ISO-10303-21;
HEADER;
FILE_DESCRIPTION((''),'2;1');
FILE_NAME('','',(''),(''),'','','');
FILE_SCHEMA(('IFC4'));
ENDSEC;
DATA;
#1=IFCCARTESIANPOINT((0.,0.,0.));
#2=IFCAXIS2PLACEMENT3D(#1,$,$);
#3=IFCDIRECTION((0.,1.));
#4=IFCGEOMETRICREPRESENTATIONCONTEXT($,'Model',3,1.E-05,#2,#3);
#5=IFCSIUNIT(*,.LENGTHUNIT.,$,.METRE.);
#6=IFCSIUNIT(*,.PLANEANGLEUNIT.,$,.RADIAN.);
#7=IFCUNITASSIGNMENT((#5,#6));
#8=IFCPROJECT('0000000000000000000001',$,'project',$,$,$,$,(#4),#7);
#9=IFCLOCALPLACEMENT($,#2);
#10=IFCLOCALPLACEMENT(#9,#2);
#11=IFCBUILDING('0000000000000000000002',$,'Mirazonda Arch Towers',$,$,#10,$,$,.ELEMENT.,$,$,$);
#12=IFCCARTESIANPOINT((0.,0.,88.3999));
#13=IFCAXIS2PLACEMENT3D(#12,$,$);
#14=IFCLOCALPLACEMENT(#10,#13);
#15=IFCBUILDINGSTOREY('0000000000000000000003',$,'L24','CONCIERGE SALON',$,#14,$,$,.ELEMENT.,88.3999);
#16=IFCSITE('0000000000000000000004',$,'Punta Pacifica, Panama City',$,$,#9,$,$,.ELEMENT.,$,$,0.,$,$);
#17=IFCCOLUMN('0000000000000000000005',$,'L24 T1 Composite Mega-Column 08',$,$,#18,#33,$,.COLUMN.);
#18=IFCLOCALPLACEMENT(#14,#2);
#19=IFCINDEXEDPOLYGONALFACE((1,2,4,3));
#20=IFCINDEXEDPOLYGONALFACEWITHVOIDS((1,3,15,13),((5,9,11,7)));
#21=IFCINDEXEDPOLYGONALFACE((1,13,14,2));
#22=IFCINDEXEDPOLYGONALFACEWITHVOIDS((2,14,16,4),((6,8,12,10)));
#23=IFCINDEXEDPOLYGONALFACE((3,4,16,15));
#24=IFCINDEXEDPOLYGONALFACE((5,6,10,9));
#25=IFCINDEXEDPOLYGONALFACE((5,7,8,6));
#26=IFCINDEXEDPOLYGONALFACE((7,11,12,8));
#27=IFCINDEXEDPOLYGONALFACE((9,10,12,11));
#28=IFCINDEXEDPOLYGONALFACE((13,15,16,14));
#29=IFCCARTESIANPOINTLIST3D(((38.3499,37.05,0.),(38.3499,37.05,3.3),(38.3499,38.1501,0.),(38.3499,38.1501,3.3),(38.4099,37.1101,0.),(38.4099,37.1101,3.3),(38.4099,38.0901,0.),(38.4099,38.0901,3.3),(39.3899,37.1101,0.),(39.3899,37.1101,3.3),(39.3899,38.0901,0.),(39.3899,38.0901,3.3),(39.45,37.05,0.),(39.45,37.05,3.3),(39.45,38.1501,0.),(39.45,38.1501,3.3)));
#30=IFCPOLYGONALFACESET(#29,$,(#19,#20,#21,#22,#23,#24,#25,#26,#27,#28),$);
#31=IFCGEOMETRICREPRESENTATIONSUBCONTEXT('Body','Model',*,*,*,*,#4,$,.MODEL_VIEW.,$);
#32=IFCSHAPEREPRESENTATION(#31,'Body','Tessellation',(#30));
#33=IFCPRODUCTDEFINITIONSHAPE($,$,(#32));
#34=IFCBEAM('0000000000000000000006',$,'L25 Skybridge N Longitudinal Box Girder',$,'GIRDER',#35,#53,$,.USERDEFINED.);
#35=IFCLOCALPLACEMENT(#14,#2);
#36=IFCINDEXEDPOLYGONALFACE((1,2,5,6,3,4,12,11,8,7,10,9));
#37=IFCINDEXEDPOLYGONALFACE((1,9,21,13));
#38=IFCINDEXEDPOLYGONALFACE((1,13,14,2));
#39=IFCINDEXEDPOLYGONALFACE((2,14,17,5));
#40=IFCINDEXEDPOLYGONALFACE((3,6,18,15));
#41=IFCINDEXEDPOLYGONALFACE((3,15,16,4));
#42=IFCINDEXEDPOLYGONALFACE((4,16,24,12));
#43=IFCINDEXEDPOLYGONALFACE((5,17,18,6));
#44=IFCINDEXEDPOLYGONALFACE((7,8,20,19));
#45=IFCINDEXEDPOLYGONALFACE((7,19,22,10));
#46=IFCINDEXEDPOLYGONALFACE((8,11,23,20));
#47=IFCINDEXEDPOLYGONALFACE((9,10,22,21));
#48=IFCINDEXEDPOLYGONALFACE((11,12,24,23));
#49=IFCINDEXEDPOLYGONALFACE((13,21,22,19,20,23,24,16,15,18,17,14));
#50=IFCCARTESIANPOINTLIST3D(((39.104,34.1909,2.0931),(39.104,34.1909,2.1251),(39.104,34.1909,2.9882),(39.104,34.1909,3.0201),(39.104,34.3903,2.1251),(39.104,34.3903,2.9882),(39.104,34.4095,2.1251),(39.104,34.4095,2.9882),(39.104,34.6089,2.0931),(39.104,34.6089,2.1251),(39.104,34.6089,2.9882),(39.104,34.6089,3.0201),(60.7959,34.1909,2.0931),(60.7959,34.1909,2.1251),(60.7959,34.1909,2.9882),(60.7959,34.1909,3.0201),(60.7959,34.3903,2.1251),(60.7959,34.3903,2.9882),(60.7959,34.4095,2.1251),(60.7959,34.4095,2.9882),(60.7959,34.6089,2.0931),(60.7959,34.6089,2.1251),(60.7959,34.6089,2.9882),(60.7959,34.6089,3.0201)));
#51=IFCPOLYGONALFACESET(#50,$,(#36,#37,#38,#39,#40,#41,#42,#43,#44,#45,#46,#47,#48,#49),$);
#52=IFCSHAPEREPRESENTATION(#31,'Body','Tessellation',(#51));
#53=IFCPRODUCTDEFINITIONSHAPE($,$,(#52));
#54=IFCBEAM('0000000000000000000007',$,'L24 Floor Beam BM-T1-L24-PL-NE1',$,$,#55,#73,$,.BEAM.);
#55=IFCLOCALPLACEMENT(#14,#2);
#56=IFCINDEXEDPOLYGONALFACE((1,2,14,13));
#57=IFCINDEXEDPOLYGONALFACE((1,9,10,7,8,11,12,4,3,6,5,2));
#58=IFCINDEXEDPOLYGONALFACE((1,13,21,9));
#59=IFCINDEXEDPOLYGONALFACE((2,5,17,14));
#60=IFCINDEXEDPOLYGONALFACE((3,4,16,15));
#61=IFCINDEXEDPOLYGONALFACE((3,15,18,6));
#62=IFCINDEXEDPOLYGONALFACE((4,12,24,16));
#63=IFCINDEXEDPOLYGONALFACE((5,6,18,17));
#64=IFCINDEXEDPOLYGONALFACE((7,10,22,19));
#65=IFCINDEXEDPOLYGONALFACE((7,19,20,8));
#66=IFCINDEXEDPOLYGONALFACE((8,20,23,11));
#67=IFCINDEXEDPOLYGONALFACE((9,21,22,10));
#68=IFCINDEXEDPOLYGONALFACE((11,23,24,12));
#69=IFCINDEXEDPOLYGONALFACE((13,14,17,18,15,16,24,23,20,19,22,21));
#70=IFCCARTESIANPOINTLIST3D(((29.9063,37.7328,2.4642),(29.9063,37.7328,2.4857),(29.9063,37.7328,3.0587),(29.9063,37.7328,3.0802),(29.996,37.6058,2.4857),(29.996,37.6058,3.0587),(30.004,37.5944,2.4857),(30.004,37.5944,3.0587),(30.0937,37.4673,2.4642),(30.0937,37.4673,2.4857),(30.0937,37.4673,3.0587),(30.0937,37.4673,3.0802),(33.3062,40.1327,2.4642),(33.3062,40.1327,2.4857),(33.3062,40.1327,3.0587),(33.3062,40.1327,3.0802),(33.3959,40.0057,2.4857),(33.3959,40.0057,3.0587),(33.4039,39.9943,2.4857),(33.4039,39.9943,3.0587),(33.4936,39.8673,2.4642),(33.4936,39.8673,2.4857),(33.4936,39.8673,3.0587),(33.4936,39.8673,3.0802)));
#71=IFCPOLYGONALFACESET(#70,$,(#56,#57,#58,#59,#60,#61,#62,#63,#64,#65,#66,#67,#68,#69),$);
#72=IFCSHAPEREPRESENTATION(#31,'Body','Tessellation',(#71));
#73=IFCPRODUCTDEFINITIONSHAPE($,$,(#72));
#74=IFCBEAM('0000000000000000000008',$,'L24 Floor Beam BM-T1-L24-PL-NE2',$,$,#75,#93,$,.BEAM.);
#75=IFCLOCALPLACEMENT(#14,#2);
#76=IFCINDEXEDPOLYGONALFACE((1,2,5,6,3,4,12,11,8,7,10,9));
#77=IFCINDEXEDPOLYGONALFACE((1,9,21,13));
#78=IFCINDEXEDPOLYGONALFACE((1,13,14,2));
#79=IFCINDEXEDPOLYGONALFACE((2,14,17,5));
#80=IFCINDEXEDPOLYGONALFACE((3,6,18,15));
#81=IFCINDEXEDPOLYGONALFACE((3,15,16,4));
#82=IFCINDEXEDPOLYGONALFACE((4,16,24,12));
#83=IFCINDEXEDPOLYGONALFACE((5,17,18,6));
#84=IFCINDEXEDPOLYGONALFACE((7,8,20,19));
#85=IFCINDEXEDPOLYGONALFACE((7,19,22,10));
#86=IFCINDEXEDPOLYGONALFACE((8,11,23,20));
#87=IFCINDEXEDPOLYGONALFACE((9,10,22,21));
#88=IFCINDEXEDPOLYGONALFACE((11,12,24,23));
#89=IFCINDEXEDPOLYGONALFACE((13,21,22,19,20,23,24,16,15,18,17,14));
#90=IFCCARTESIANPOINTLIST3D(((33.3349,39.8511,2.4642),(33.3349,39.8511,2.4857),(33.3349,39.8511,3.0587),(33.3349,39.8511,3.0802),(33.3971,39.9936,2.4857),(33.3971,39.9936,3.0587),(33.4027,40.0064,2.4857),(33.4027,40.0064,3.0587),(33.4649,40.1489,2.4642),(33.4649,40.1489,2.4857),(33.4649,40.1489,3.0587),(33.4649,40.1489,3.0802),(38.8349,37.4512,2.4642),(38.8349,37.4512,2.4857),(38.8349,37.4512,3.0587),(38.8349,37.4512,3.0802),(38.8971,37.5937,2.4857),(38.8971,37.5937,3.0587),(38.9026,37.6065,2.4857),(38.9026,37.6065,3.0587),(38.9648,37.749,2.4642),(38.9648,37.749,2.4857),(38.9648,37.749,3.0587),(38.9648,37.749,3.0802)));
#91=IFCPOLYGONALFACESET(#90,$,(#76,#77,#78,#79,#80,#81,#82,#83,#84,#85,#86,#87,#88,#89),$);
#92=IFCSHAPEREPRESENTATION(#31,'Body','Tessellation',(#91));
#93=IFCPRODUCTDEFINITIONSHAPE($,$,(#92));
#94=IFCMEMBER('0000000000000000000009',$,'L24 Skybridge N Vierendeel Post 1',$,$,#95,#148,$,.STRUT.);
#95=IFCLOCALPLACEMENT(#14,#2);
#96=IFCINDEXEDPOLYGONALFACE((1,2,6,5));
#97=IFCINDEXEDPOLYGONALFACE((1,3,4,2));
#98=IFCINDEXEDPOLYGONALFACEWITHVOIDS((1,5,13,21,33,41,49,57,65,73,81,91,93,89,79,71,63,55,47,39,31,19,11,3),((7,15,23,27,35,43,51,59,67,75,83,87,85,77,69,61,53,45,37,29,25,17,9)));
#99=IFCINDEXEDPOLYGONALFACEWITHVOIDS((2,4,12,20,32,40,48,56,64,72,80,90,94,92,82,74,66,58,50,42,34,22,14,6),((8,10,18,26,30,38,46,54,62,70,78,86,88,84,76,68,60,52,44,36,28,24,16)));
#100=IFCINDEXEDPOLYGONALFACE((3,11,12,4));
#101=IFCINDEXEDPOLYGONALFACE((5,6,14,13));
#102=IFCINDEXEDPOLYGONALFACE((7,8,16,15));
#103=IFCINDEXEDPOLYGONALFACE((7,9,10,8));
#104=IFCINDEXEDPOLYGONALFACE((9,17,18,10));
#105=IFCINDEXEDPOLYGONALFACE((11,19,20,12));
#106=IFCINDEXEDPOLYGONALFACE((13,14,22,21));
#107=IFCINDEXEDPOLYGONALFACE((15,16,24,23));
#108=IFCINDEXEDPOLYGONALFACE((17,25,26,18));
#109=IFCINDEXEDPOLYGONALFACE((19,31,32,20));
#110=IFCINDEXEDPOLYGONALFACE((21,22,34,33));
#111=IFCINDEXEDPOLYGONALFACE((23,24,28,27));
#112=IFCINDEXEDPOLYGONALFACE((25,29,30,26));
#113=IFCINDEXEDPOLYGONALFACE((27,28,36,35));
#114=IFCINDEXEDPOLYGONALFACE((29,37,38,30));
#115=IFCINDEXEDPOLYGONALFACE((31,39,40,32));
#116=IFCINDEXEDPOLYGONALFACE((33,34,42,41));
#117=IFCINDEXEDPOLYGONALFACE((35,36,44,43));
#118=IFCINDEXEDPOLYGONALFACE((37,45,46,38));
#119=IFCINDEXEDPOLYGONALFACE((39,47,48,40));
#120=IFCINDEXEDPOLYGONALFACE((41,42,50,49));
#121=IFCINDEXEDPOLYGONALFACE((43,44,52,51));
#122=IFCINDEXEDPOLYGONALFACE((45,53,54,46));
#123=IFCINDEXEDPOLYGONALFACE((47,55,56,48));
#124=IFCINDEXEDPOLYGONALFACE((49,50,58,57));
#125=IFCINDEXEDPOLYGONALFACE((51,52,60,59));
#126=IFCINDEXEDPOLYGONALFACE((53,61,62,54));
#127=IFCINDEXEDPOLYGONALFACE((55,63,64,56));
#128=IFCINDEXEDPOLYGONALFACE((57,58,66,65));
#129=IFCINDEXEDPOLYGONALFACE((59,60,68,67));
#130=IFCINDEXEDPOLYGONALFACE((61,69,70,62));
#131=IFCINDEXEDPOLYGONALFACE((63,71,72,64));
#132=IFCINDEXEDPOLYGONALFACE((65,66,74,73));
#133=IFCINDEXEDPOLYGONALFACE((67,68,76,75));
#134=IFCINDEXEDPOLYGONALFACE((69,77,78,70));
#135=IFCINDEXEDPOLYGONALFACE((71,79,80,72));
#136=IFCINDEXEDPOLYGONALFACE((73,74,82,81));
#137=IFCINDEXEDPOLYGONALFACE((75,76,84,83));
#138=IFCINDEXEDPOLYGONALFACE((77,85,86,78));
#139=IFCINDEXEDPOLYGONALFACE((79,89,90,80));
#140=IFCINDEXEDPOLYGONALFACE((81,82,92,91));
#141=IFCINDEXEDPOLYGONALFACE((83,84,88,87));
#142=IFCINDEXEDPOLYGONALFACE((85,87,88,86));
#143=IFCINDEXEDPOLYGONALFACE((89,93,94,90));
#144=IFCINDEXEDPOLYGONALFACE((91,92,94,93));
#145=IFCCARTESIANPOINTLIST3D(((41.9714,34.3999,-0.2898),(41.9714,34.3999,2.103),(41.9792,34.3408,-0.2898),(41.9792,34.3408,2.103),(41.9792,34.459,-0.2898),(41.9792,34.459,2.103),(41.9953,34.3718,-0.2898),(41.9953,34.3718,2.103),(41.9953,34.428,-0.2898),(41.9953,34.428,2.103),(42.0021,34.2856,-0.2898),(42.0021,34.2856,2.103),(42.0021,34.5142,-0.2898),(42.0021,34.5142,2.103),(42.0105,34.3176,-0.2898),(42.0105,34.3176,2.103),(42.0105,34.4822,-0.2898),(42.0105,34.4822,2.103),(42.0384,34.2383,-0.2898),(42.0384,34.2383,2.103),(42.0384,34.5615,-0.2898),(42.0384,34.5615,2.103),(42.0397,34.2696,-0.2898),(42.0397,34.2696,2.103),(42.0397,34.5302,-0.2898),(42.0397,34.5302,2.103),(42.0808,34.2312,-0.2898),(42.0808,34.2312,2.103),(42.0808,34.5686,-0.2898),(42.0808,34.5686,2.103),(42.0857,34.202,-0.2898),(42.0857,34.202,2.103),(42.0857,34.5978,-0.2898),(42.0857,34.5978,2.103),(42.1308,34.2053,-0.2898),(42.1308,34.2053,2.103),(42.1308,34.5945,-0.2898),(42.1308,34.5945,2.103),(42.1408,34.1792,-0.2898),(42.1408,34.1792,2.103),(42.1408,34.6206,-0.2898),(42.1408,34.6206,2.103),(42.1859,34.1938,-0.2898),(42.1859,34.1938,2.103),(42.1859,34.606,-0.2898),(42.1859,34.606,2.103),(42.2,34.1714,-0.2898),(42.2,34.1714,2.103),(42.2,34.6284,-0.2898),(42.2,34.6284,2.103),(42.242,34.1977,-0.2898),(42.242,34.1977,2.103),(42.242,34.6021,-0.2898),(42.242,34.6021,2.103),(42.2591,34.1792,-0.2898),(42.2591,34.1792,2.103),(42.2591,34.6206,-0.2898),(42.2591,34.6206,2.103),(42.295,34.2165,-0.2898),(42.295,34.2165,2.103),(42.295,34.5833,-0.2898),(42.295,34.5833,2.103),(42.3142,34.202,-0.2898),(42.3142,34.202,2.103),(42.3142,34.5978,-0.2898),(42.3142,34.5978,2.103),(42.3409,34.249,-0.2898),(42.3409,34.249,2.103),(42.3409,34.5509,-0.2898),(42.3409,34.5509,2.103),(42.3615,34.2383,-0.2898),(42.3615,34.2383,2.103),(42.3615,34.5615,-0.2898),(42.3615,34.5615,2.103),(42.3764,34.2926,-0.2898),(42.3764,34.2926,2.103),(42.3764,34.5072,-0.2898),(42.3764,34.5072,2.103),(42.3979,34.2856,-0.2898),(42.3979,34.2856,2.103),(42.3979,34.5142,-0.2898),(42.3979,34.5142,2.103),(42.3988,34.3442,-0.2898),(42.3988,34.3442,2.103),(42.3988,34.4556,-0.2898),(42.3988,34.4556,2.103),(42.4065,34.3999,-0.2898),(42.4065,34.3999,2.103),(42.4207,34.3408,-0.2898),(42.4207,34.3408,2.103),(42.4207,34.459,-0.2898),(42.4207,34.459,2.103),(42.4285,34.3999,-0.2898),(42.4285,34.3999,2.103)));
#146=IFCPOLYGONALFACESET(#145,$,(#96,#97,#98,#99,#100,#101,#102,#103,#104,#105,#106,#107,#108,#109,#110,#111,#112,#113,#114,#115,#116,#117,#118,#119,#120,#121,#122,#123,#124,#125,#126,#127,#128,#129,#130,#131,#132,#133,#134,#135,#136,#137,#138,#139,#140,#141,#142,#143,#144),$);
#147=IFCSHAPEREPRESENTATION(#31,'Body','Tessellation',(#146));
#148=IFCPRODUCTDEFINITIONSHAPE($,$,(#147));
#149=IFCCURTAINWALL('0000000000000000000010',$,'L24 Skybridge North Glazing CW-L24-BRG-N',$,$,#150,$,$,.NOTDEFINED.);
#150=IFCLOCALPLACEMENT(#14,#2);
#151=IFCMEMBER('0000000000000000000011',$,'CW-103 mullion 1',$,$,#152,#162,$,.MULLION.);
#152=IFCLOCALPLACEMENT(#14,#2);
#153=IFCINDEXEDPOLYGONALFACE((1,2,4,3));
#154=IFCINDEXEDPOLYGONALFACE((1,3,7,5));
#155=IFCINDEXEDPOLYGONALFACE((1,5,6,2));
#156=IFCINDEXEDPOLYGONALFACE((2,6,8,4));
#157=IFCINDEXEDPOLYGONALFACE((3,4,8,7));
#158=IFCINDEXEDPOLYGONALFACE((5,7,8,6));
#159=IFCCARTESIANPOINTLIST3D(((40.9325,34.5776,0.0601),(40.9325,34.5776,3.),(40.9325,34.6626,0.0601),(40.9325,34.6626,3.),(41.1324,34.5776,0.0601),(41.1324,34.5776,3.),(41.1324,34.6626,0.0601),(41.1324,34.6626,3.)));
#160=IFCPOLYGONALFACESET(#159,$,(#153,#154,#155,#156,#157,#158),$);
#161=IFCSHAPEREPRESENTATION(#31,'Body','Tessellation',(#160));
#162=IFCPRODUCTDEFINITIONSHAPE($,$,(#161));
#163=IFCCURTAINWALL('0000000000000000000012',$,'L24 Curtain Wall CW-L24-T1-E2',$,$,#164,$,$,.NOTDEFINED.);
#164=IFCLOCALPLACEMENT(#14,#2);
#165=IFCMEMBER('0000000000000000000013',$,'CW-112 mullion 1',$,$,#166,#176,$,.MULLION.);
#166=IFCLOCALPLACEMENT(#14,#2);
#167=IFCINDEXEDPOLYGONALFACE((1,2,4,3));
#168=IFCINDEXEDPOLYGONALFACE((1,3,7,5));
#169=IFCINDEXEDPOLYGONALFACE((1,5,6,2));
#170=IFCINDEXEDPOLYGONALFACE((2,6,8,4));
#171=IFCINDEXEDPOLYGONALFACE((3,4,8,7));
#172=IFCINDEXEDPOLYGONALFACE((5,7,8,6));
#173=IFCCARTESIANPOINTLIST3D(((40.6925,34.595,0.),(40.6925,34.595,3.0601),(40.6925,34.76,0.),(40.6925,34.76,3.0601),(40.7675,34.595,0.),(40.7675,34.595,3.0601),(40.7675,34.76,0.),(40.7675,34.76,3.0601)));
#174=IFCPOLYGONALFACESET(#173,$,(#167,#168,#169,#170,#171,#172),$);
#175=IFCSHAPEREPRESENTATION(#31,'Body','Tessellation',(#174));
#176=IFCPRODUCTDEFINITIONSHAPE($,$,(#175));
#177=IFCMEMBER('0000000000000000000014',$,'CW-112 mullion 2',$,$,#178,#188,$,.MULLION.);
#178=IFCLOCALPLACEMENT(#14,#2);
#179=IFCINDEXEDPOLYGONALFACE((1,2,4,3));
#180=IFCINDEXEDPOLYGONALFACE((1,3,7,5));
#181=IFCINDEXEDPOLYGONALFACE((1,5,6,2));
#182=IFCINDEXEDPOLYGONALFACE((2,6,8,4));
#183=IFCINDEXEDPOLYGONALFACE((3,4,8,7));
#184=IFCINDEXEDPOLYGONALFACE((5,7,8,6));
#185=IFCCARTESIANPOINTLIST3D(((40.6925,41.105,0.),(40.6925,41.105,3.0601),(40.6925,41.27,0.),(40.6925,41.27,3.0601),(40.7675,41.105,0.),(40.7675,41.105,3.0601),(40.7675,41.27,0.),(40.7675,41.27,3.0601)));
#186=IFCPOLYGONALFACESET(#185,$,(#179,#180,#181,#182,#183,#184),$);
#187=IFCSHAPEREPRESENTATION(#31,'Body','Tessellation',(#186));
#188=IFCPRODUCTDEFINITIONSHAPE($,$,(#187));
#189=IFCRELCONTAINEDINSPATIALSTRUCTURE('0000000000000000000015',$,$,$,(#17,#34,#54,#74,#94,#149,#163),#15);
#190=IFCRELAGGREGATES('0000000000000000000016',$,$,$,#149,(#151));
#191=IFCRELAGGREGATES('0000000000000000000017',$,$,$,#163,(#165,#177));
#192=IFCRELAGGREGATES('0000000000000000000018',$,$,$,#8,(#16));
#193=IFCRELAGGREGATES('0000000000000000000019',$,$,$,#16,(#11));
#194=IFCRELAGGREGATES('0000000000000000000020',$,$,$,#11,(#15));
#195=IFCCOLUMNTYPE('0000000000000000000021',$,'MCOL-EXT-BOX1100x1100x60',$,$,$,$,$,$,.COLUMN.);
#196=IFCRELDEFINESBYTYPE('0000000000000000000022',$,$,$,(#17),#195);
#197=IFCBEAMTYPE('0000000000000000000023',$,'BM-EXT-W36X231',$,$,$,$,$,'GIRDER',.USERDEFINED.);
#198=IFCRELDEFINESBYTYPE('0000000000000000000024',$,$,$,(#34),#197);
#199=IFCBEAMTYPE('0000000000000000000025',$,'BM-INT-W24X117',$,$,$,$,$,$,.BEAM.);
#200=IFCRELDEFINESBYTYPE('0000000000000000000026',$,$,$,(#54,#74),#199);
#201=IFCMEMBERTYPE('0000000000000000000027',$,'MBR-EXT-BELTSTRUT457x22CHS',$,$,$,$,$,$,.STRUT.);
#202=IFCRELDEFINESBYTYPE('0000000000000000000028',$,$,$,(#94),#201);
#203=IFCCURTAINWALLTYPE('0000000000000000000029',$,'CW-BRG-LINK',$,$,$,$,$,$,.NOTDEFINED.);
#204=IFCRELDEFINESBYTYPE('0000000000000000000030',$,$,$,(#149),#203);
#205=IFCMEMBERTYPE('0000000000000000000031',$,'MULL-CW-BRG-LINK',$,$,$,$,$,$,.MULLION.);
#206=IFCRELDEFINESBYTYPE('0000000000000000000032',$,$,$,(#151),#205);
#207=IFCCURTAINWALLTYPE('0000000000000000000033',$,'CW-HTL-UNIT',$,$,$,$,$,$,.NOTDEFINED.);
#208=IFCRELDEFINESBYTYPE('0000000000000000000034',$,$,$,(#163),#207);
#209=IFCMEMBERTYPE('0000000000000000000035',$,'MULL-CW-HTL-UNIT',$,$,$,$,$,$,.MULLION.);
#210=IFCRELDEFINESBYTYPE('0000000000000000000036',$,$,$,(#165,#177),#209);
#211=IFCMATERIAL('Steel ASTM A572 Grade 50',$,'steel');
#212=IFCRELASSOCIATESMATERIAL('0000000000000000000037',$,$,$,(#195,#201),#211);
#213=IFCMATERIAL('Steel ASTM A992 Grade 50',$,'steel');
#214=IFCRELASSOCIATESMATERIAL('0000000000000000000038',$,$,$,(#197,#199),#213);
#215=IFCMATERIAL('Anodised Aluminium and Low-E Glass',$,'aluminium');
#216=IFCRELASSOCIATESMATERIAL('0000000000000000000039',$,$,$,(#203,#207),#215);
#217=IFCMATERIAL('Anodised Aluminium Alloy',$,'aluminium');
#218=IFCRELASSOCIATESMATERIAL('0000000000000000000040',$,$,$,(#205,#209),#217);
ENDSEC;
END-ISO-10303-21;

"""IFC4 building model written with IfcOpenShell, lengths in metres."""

from ifc_helpers import new_model, si_unit, direction, frame, origin, origin_2d, place, context, subcontext, project, spatial, rectangle, hollow_rectangle, hollow_circle, i_section, extrude, material, material_profile, profile_set, type_object, element, aggregate, save


model = new_model("IFC4")

# Units and contexts
model_context = context("Model", 3, precision=1e-05, world=origin(), true_north=direction((0.0, 1.0)))
body_context = subcontext(model_context, "Body", "Model", "MODEL_VIEW")
ifc_project = project(units=[si_unit("LENGTHUNIT", "METRE"), si_unit("PLANEANGLEUNIT", "RADIAN")], contexts=[model_context])

# Site, building, storey
site_placement = place(None, origin())
site = spatial("IfcSite", under=ifc_project, at=site_placement, Name="Punta Pacifica, Panama City", CompositionType="ELEMENT", RefElevation=0.0)
building_placement = place(site_placement, origin())
building = spatial("IfcBuilding", under=site, at=building_placement, Name="Mirazonda Arch Towers", CompositionType="ELEMENT")
storey_placement = place(building_placement, frame((0.0, 0.0, 88.3999)))
storey = spatial("IfcBuildingStorey", under=building, at=storey_placement, Name="L24", Description="CONCIERGE SALON", CompositionType="ELEMENT", Elevation=88.3999)

# Column
ifc_material_1 = material(Name="Steel ASTM A572 Grade 50", Category="steel")
ifc_material_profile_1 = material_profile(ifc_material_1, hollow_rectangle(XDim=1.1001, YDim=1.1001, WallThickness=0.0601, at=origin_2d()), Name="BOX1100x1100x60")
ifc_profile_set_1 = profile_set([ifc_material_profile_1], Name="Steel ASTM A572 Grade 50")
column_type = type_object("IfcColumnType", Name="MCOL-EXT-BOX1100x1100x60", PredefinedType="COLUMN", material=ifc_profile_set_1)
column_placement = place(storey_placement, frame((38.8999, 37.6001, 0.0), z_axis=(0.0, 0.0, 1.0), x_axis=(1.0, 0.0, 0.0)))
element("IfcColumn", 1, at=column_placement, inside=storey, type_object=column_type, Name="L24 T1 Composite Mega-Column 08", PredefinedType="COLUMN", context=body_context, shape_type="SweptSolid", body=[
    extrude(hollow_rectangle(XDim=1.1001, YDim=1.1001, WallThickness=0.0601, at=origin_2d()), origin(), (0.0, 0.0, 1.0), 3.3),
])

# Beams
ifc_material_2 = material(Name="Steel ASTM A992 Grade 50", Category="steel")
ifc_material_profile_2 = material_profile(ifc_material_2, i_section(OverallWidth=0.418, OverallDepth=0.927, WebThickness=0.0193, FlangeThickness=0.032, at=origin_2d()), Name="W36X231")
ifc_profile_set_2 = profile_set([ifc_material_profile_2], Name="Steel ASTM A992 Grade 50")
beam_type_1 = type_object("IfcBeamType", Name="BM-EXT-W36X231", ElementType="GIRDER", PredefinedType="USERDEFINED", material=ifc_profile_set_2)
beam_1_placement = place(storey_placement, frame((39.104, 34.3999, 2.5566), z_axis=(1.0, 0.0, 0.0), x_axis=(0.0, 1.0, 0.0)))
element("IfcBeam", 2, at=beam_1_placement, inside=storey, type_object=beam_type_1, Name="L25 Skybridge N Longitudinal Box Girder", ObjectType="GIRDER", PredefinedType="USERDEFINED", context=body_context, shape_type="SweptSolid", body=[
    extrude(i_section(OverallWidth=0.418, OverallDepth=0.927, WebThickness=0.0193, FlangeThickness=0.032, at=origin_2d()), origin(), (0.0, 0.0, 1.0), 21.6919),
])
ifc_material_profile_3 = material_profile(ifc_material_2, i_section(OverallWidth=0.325, OverallDepth=0.616, WebThickness=0.0139, FlangeThickness=0.0215, at=origin_2d()), Name="W24X117")
ifc_profile_set_3 = profile_set([ifc_material_profile_3], Name="Steel ASTM A992 Grade 50")
beam_type_2 = type_object("IfcBeamType", Name="BM-INT-W24X117", PredefinedType="BEAM", material=ifc_profile_set_3)
beam_2_placement = place(storey_placement, frame((33.3999, 40.0, 2.7722), z_axis=(-0.816971, -0.576679, 0.0), x_axis=(0.576679, -0.816971, 0.0)))
element("IfcBeam", 3, at=beam_2_placement, inside=storey, type_object=beam_type_2, Name="L24 Floor Beam BM-T1-L24-PL-NE1", PredefinedType="BEAM", context=body_context, shape_type="SweptSolid", body=[
    extrude(i_section(OverallWidth=0.325, OverallDepth=0.616, WebThickness=0.0139, FlangeThickness=0.0215, at=origin_2d()), origin(), (0.0, 0.0, 1.0), 4.1616),
])
beam_3_placement = place(storey_placement, frame((33.3999, 40.0, 2.7722), z_axis=(0.916545, -0.399931, 0.0), x_axis=(0.399931, 0.916545, 0.0)))
element("IfcBeam", 4, at=beam_3_placement, inside=storey, type_object=beam_type_2, Name="L24 Floor Beam BM-T1-L24-PL-NE2", PredefinedType="BEAM", context=body_context, shape_type="SweptSolid", body=[
    extrude(i_section(OverallWidth=0.325, OverallDepth=0.616, WebThickness=0.0139, FlangeThickness=0.0215, at=origin_2d()), origin(), (0.0, 0.0, 1.0), 6.0007),
])

# Member
ifc_material_profile_4 = material_profile(ifc_material_1, hollow_circle(Radius=0.2285, WallThickness=0.022, at=origin_2d()), Name="BELTSTRUT457x22CHS")
ifc_profile_set_4 = profile_set([ifc_material_profile_4], Name="Steel ASTM A572 Grade 50")
member_type_1 = type_object("IfcMemberType", Name="MBR-EXT-BELTSTRUT457x22CHS", PredefinedType="STRUT", material=ifc_profile_set_4)
member_1_placement = place(storey_placement, frame((42.2, 34.3999, -0.2898), z_axis=(0.0, 0.0, 1.0), x_axis=(1.0, 0.0, 0.0)))
element("IfcMember", 5, at=member_1_placement, inside=storey, type_object=member_type_1, Name="L24 Skybridge N Vierendeel Post 1", PredefinedType="STRUT", context=body_context, shape_type="SweptSolid", body=[
    extrude(hollow_circle(Radius=0.2285, WallThickness=0.022, at=origin_2d()), origin(), (0.0, 0.0, 1.0), 2.3928),
])

# Curtain wall, member
ifc_material_3 = material(Name="Anodised Aluminium and Low-E Glass", Category="aluminium")
curtain_wall_type_1 = type_object("IfcCurtainWallType", Name="CW-BRG-LINK", PredefinedType="NOTDEFINED", material=ifc_material_3)
curtain_wall_1_placement = place(storey_placement, origin())
curtain_wall_1 = element("IfcCurtainWall", 6, at=curtain_wall_1_placement, inside=storey, type_object=curtain_wall_type_1, Name="L24 Skybridge North Glazing CW-L24-BRG-N", PredefinedType="NOTDEFINED")
ifc_material_4 = material(Name="Anodised Aluminium Alloy", Category="aluminium")
ifc_material_profile_5 = material_profile(ifc_material_4, rectangle(XDim=0.085, YDim=0.2, at=origin_2d()), Name="ALU-MULL-85x200")
ifc_profile_set_5 = profile_set([ifc_material_profile_5], Name="Anodised Aluminium Alloy")
member_type_2 = type_object("IfcMemberType", Name="MULL-CW-BRG-LINK", PredefinedType="MULLION", material=ifc_profile_set_5)
member_2_placement = place(storey_placement, frame((41.0325, 34.6201, 0.0601), z_axis=(0.0, 0.0, 1.0), x_axis=(0.0, 1.0, 0.0)))
member_2 = element("IfcMember", 7, at=member_2_placement, type_object=member_type_2, Name="CW-103 mullion 1", PredefinedType="MULLION", context=body_context, shape_type="SweptSolid", body=[
    extrude(rectangle(XDim=0.085, YDim=0.2, at=origin_2d()), origin(), (0.0, 0.0, 1.0), 2.9399),
])

# Curtain wall, members
curtain_wall_type_2 = type_object("IfcCurtainWallType", Name="CW-HTL-UNIT", PredefinedType="NOTDEFINED", material=ifc_material_3)
curtain_wall_2_placement = place(storey_placement, origin())
curtain_wall_2 = element("IfcCurtainWall", 8, at=curtain_wall_2_placement, inside=storey, type_object=curtain_wall_type_2, Name="L24 Curtain Wall CW-L24-T1-E2", PredefinedType="NOTDEFINED")
ifc_material_profile_6 = material_profile(ifc_material_4, rectangle(XDim=0.075, YDim=0.165, at=origin_2d()), Name="ALU-MULL-75x165")
ifc_profile_set_6 = profile_set([ifc_material_profile_6], Name="Anodised Aluminium Alloy")
member_type_3 = type_object("IfcMemberType", Name="MULL-CW-HTL-UNIT", PredefinedType="MULLION", material=ifc_profile_set_6)
member_3_placement = place(storey_placement, frame((40.73, 34.6775, 0.0), z_axis=(0.0, 0.0, 1.0), x_axis=(-1.0, 0.0, 0.0)))
member_3 = element("IfcMember", 9, at=member_3_placement, type_object=member_type_3, Name="CW-112 mullion 1", PredefinedType="MULLION", context=body_context, shape_type="SweptSolid", body=[
    extrude(rectangle(XDim=0.075, YDim=0.165, at=origin_2d()), origin(), (0.0, 0.0, 1.0), 3.0601),
])
member_4_placement = place(storey_placement, frame((40.73, 41.1875, 0.0), z_axis=(0.0, 0.0, 1.0), x_axis=(-1.0, 0.0, 0.0)))
member_4 = element("IfcMember", 10, at=member_4_placement, type_object=member_type_3, Name="CW-112 mullion 2", PredefinedType="MULLION", context=body_context, shape_type="SweptSolid", body=[
    extrude(rectangle(XDim=0.075, YDim=0.165, at=origin_2d()), origin(), (0.0, 0.0, 1.0), 3.0601),
])

aggregate(curtain_wall_1, [member_2])

aggregate(curtain_wall_2, [member_3, member_4])

save(model, "model.ifc")
